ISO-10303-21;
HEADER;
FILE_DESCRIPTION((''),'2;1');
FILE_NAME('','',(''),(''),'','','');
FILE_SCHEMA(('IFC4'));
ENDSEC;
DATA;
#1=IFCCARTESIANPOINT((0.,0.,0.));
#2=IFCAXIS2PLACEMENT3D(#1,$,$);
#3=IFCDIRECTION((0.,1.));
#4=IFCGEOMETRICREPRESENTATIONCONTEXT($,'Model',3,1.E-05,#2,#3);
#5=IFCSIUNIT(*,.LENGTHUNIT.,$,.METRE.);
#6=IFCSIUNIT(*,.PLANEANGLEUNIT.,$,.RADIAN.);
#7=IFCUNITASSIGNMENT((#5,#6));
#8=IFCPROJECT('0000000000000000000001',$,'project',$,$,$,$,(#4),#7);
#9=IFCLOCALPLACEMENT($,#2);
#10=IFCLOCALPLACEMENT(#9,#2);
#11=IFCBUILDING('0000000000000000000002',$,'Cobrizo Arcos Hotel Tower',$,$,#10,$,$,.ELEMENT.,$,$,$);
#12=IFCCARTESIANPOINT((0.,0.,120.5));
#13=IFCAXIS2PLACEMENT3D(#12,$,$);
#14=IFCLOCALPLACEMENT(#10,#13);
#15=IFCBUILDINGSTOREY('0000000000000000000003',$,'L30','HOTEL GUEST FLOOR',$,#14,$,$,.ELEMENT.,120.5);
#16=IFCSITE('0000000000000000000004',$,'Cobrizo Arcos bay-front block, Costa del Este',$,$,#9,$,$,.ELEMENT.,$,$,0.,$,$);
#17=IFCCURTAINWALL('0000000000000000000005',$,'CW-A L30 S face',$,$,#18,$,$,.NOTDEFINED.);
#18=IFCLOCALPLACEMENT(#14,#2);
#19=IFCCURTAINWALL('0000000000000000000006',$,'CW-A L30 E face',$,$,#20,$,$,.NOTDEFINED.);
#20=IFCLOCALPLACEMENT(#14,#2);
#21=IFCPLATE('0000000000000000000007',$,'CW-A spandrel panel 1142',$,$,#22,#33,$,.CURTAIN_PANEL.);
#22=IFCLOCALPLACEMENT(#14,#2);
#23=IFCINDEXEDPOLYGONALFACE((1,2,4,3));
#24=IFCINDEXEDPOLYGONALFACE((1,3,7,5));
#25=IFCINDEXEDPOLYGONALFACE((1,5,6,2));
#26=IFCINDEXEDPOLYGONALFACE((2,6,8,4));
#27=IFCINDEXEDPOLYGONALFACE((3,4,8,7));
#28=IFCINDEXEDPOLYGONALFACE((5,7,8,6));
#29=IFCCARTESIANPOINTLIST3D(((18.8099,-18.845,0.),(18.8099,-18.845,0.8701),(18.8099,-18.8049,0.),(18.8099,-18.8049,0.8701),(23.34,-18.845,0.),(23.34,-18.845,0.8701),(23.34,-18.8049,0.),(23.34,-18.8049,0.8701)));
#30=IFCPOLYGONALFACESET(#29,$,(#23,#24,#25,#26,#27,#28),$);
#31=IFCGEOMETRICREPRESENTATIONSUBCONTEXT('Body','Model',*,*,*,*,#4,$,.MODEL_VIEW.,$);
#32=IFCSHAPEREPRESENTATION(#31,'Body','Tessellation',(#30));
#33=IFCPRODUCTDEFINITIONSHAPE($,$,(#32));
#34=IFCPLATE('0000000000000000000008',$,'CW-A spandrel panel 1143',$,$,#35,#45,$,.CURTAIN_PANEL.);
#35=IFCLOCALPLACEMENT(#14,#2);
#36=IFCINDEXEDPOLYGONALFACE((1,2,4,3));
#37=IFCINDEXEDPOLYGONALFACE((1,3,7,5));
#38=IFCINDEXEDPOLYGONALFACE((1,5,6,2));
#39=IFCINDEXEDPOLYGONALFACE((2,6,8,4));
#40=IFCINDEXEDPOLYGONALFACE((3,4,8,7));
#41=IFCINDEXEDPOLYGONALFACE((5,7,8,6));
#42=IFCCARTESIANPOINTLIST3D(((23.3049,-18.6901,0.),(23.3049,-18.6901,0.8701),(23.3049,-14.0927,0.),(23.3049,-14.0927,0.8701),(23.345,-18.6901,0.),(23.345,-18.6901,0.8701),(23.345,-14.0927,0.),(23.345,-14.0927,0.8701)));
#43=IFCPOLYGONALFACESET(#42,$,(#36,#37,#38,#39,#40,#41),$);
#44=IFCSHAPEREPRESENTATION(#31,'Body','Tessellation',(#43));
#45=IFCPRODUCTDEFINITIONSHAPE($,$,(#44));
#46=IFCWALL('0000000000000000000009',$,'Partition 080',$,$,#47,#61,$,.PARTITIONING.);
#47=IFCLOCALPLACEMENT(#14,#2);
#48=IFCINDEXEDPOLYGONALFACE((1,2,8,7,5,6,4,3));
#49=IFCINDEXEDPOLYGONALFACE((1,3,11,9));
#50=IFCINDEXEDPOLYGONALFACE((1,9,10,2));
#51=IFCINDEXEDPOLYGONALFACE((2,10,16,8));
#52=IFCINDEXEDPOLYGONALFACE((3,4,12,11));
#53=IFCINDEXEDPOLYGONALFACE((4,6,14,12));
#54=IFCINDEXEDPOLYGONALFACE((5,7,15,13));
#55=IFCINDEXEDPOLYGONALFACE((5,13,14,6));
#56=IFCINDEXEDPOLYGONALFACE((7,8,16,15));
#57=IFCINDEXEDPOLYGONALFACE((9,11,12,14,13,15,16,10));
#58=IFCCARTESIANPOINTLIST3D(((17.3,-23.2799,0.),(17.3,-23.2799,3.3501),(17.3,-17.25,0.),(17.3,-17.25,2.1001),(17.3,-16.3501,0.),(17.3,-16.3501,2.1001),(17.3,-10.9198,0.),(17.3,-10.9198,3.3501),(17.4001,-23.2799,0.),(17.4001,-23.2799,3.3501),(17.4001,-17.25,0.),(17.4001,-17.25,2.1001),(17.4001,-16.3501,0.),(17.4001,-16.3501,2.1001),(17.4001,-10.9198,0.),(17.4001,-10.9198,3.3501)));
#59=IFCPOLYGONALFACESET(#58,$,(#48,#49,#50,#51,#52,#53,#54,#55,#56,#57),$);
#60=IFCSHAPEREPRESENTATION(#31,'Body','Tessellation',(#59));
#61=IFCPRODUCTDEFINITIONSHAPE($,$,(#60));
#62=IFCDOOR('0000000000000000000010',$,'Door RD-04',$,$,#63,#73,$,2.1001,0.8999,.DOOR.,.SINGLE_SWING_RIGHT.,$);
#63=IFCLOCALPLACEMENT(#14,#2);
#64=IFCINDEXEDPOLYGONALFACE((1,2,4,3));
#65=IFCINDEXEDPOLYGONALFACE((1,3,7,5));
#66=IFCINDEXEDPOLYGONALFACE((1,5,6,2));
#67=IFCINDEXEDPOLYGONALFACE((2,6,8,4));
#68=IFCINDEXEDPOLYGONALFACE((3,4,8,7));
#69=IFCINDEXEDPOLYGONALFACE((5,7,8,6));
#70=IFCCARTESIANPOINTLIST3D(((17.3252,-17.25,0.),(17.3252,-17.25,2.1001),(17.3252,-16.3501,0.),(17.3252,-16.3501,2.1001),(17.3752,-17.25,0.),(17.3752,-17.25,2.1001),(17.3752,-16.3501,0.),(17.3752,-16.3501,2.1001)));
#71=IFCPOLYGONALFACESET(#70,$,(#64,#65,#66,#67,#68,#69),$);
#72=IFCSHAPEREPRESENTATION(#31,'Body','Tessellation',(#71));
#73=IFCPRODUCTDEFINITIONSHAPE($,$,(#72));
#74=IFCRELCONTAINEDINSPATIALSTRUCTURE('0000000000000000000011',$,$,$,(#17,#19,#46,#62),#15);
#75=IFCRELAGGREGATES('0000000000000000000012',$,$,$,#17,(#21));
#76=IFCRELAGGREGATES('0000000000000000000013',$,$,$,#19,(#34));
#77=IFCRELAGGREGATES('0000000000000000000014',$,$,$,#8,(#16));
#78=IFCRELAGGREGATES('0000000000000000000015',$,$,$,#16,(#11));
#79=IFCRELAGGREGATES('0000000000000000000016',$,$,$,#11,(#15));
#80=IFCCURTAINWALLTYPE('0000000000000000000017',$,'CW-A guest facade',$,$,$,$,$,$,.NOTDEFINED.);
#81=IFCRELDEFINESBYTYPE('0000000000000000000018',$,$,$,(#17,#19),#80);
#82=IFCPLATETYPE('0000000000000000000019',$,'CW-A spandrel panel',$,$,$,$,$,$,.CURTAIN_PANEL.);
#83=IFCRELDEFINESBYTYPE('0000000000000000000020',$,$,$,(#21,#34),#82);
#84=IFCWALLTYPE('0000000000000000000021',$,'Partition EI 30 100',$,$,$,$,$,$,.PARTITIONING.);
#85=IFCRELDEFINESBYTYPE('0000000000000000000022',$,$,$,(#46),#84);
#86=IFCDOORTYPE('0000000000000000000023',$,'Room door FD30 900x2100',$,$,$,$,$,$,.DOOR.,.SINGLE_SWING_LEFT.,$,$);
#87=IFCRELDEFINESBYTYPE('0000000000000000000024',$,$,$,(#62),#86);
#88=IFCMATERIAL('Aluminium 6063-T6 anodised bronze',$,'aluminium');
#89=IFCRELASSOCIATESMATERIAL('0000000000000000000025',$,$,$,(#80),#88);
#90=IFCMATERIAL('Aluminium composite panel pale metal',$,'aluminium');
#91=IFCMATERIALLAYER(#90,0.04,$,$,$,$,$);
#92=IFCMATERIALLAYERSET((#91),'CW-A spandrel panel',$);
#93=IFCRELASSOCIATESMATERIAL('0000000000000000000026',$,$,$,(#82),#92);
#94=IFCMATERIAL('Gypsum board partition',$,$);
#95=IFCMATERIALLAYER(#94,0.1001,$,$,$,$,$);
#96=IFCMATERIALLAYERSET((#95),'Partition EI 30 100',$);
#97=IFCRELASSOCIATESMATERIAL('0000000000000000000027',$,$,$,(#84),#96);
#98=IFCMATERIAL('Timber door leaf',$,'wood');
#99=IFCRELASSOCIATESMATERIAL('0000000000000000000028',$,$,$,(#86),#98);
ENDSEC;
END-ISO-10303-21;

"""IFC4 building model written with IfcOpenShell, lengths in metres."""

from ifc_helpers import new_model, si_unit, direction, frame, frame_2d, origin, origin_2d, place, context, subcontext, project, spatial, rectangle, extrude, material, layer, layer_set, type_object, element, fill, aggregate, save


model = new_model("IFC4")

# Units and contexts
model_context = context("Model", 3, precision=1e-05, world=origin(), true_north=direction((0.0, 1.0)))
body_context = subcontext(model_context, "Body", "Model", "MODEL_VIEW")
ifc_project = project(units=[si_unit("LENGTHUNIT", "METRE"), si_unit("PLANEANGLEUNIT", "RADIAN")], contexts=[model_context])

# Site, building, storey
site_placement = place(None, origin())
site = spatial("IfcSite", under=ifc_project, at=site_placement, Name="Cobrizo Arcos bay-front block, Costa del Este", CompositionType="ELEMENT", RefElevation=0.0)
building_placement = place(site_placement, origin())
building = spatial("IfcBuilding", under=site, at=building_placement, Name="Cobrizo Arcos Hotel Tower", CompositionType="ELEMENT")
storey_placement = place(building_placement, frame((0.0, 0.0, 120.5)))
storey = spatial("IfcBuildingStorey", under=building, at=storey_placement, Name="L30", Description="HOTEL GUEST FLOOR", CompositionType="ELEMENT", Elevation=120.5)

# Shared definitions
ifc_material_1 = material(Name="Aluminium 6063-T6 anodised bronze", Category="aluminium")
curtain_wall_type = type_object("IfcCurtainWallType", Name="CW-A guest facade", PredefinedType="NOTDEFINED", material=ifc_material_1)

# Curtain wall
curtain_wall_1_placement = place(storey_placement, origin())
curtain_wall_1 = element("IfcCurtainWall", 1, at=curtain_wall_1_placement, inside=storey, type_object=curtain_wall_type, Name="CW-A L30 S face", PredefinedType="NOTDEFINED")

# Curtain wall
curtain_wall_2_placement = place(storey_placement, origin())
curtain_wall_2 = element("IfcCurtainWall", 2, at=curtain_wall_2_placement, inside=storey, type_object=curtain_wall_type, Name="CW-A L30 E face", PredefinedType="NOTDEFINED")

# Plates
ifc_material_2 = material(Name="Aluminium composite panel pale metal", Category="aluminium")
ifc_layer_1 = layer(ifc_material_2, 0.04)
ifc_layer_set_1 = layer_set([ifc_layer_1], Name="CW-A spandrel panel")
plate_type_1 = type_object("IfcPlateType", Name="CW-A spandrel panel", PredefinedType="CURTAIN_PANEL", material=ifc_layer_set_1)
plate_1_placement = place(storey_placement, frame((21.075, -18.825, 0.0), z_axis=(0.0, 0.0, 1.0), x_axis=(1.0, 0.0, 0.0)))
plate_1 = element("IfcPlate", 3, at=plate_1_placement, type_object=plate_type_1, Name="CW-A spandrel panel 1142", PredefinedType="CURTAIN_PANEL", context=body_context, shape_type="SweptSolid", body=[
    extrude(rectangle(XDim=4.53, YDim=0.04, at=origin_2d()), origin(), (0.0, 0.0, 1.0), 0.8701),
])
aggregate(curtain_wall_1, [plate_1])
plate_2_placement = place(storey_placement, frame((23.325, -16.3914, 0.0), z_axis=(0.0, 0.0, 1.0), x_axis=(0.0, 1.0, 0.0)))
plate_2 = element("IfcPlate", 4, at=plate_2_placement, type_object=plate_type_1, Name="CW-A spandrel panel 1143", PredefinedType="CURTAIN_PANEL", context=body_context, shape_type="SweptSolid", body=[
    extrude(rectangle(XDim=4.5974, YDim=0.04, at=origin_2d()), origin(), (0.0, 0.0, 1.0), 0.8701),
])
aggregate(curtain_wall_2, [plate_2])

# Wall, opening, door
ifc_material_3 = material(Name="Gypsum board partition")
ifc_layer_2 = layer(ifc_material_3, 0.1001)
ifc_layer_set_2 = layer_set([ifc_layer_2], Name="Partition EI 30 100")
wall_type = type_object("IfcWallType", Name="Partition EI 30 100", PredefinedType="PARTITIONING", material=ifc_layer_set_2)
wall_placement = place(storey_placement, frame((17.3501, -23.28, 0.0), z_axis=(0.0, 0.0, 1.0), x_axis=(0.0, 1.0, 0.0)))
wall = element("IfcWall", 5, at=wall_placement, inside=storey, type_object=wall_type, Name="Partition 080", PredefinedType="PARTITIONING", context=body_context, shape_type="SweptSolid", body=[
    extrude(rectangle(XDim=12.3601, YDim=0.1001, at=frame_2d((6.1802, 0.0))), origin(), (0.0, 0.0, 1.0), 3.3501),
])
opening_placement = place(wall_placement, frame((6.03, 0.0, 0.0)))
opening = element("IfcOpeningElement", 6, at=opening_placement, cuts=wall, PredefinedType="OPENING", context=body_context, shape_type="SweptSolid", body=[
    extrude(rectangle(XDim=0.8999, YDim=2.1001, at=frame_2d((0.45, 1.05))), frame((0.0, 0.062, 0.0), z_axis=(0.0, -1.0, 0.0), x_axis=(1.0, 0.0, 0.0)), (0.0, 0.0, 1.0), 0.124),
])
ifc_material_4 = material(Name="Timber door leaf", Category="wood")
door_type = type_object("IfcDoorType", Name="Room door FD30 900x2100", OperationType="SINGLE_SWING_LEFT", PredefinedType="DOOR", material=ifc_material_4)
door_placement = place(opening_placement, origin())
door = element("IfcDoor", 7, at=door_placement, inside=storey, type_object=door_type, Name="Door RD-04", OperationType="SINGLE_SWING_RIGHT", OverallHeight=2.1001, OverallWidth=0.8999, PredefinedType="DOOR", context=body_context, shape_type="SweptSolid", body=[
    extrude(rectangle(XDim=0.8999, YDim=2.1001, at=frame_2d((0.45, 1.05))), frame((0.0, 0.0249, 0.0), z_axis=(0.0, -1.0, 0.0), x_axis=(1.0, 0.0, 0.0)), (0.0, 0.0, 1.0), 0.05),
])
fill(opening, door)

save(model, "model.ifc")
